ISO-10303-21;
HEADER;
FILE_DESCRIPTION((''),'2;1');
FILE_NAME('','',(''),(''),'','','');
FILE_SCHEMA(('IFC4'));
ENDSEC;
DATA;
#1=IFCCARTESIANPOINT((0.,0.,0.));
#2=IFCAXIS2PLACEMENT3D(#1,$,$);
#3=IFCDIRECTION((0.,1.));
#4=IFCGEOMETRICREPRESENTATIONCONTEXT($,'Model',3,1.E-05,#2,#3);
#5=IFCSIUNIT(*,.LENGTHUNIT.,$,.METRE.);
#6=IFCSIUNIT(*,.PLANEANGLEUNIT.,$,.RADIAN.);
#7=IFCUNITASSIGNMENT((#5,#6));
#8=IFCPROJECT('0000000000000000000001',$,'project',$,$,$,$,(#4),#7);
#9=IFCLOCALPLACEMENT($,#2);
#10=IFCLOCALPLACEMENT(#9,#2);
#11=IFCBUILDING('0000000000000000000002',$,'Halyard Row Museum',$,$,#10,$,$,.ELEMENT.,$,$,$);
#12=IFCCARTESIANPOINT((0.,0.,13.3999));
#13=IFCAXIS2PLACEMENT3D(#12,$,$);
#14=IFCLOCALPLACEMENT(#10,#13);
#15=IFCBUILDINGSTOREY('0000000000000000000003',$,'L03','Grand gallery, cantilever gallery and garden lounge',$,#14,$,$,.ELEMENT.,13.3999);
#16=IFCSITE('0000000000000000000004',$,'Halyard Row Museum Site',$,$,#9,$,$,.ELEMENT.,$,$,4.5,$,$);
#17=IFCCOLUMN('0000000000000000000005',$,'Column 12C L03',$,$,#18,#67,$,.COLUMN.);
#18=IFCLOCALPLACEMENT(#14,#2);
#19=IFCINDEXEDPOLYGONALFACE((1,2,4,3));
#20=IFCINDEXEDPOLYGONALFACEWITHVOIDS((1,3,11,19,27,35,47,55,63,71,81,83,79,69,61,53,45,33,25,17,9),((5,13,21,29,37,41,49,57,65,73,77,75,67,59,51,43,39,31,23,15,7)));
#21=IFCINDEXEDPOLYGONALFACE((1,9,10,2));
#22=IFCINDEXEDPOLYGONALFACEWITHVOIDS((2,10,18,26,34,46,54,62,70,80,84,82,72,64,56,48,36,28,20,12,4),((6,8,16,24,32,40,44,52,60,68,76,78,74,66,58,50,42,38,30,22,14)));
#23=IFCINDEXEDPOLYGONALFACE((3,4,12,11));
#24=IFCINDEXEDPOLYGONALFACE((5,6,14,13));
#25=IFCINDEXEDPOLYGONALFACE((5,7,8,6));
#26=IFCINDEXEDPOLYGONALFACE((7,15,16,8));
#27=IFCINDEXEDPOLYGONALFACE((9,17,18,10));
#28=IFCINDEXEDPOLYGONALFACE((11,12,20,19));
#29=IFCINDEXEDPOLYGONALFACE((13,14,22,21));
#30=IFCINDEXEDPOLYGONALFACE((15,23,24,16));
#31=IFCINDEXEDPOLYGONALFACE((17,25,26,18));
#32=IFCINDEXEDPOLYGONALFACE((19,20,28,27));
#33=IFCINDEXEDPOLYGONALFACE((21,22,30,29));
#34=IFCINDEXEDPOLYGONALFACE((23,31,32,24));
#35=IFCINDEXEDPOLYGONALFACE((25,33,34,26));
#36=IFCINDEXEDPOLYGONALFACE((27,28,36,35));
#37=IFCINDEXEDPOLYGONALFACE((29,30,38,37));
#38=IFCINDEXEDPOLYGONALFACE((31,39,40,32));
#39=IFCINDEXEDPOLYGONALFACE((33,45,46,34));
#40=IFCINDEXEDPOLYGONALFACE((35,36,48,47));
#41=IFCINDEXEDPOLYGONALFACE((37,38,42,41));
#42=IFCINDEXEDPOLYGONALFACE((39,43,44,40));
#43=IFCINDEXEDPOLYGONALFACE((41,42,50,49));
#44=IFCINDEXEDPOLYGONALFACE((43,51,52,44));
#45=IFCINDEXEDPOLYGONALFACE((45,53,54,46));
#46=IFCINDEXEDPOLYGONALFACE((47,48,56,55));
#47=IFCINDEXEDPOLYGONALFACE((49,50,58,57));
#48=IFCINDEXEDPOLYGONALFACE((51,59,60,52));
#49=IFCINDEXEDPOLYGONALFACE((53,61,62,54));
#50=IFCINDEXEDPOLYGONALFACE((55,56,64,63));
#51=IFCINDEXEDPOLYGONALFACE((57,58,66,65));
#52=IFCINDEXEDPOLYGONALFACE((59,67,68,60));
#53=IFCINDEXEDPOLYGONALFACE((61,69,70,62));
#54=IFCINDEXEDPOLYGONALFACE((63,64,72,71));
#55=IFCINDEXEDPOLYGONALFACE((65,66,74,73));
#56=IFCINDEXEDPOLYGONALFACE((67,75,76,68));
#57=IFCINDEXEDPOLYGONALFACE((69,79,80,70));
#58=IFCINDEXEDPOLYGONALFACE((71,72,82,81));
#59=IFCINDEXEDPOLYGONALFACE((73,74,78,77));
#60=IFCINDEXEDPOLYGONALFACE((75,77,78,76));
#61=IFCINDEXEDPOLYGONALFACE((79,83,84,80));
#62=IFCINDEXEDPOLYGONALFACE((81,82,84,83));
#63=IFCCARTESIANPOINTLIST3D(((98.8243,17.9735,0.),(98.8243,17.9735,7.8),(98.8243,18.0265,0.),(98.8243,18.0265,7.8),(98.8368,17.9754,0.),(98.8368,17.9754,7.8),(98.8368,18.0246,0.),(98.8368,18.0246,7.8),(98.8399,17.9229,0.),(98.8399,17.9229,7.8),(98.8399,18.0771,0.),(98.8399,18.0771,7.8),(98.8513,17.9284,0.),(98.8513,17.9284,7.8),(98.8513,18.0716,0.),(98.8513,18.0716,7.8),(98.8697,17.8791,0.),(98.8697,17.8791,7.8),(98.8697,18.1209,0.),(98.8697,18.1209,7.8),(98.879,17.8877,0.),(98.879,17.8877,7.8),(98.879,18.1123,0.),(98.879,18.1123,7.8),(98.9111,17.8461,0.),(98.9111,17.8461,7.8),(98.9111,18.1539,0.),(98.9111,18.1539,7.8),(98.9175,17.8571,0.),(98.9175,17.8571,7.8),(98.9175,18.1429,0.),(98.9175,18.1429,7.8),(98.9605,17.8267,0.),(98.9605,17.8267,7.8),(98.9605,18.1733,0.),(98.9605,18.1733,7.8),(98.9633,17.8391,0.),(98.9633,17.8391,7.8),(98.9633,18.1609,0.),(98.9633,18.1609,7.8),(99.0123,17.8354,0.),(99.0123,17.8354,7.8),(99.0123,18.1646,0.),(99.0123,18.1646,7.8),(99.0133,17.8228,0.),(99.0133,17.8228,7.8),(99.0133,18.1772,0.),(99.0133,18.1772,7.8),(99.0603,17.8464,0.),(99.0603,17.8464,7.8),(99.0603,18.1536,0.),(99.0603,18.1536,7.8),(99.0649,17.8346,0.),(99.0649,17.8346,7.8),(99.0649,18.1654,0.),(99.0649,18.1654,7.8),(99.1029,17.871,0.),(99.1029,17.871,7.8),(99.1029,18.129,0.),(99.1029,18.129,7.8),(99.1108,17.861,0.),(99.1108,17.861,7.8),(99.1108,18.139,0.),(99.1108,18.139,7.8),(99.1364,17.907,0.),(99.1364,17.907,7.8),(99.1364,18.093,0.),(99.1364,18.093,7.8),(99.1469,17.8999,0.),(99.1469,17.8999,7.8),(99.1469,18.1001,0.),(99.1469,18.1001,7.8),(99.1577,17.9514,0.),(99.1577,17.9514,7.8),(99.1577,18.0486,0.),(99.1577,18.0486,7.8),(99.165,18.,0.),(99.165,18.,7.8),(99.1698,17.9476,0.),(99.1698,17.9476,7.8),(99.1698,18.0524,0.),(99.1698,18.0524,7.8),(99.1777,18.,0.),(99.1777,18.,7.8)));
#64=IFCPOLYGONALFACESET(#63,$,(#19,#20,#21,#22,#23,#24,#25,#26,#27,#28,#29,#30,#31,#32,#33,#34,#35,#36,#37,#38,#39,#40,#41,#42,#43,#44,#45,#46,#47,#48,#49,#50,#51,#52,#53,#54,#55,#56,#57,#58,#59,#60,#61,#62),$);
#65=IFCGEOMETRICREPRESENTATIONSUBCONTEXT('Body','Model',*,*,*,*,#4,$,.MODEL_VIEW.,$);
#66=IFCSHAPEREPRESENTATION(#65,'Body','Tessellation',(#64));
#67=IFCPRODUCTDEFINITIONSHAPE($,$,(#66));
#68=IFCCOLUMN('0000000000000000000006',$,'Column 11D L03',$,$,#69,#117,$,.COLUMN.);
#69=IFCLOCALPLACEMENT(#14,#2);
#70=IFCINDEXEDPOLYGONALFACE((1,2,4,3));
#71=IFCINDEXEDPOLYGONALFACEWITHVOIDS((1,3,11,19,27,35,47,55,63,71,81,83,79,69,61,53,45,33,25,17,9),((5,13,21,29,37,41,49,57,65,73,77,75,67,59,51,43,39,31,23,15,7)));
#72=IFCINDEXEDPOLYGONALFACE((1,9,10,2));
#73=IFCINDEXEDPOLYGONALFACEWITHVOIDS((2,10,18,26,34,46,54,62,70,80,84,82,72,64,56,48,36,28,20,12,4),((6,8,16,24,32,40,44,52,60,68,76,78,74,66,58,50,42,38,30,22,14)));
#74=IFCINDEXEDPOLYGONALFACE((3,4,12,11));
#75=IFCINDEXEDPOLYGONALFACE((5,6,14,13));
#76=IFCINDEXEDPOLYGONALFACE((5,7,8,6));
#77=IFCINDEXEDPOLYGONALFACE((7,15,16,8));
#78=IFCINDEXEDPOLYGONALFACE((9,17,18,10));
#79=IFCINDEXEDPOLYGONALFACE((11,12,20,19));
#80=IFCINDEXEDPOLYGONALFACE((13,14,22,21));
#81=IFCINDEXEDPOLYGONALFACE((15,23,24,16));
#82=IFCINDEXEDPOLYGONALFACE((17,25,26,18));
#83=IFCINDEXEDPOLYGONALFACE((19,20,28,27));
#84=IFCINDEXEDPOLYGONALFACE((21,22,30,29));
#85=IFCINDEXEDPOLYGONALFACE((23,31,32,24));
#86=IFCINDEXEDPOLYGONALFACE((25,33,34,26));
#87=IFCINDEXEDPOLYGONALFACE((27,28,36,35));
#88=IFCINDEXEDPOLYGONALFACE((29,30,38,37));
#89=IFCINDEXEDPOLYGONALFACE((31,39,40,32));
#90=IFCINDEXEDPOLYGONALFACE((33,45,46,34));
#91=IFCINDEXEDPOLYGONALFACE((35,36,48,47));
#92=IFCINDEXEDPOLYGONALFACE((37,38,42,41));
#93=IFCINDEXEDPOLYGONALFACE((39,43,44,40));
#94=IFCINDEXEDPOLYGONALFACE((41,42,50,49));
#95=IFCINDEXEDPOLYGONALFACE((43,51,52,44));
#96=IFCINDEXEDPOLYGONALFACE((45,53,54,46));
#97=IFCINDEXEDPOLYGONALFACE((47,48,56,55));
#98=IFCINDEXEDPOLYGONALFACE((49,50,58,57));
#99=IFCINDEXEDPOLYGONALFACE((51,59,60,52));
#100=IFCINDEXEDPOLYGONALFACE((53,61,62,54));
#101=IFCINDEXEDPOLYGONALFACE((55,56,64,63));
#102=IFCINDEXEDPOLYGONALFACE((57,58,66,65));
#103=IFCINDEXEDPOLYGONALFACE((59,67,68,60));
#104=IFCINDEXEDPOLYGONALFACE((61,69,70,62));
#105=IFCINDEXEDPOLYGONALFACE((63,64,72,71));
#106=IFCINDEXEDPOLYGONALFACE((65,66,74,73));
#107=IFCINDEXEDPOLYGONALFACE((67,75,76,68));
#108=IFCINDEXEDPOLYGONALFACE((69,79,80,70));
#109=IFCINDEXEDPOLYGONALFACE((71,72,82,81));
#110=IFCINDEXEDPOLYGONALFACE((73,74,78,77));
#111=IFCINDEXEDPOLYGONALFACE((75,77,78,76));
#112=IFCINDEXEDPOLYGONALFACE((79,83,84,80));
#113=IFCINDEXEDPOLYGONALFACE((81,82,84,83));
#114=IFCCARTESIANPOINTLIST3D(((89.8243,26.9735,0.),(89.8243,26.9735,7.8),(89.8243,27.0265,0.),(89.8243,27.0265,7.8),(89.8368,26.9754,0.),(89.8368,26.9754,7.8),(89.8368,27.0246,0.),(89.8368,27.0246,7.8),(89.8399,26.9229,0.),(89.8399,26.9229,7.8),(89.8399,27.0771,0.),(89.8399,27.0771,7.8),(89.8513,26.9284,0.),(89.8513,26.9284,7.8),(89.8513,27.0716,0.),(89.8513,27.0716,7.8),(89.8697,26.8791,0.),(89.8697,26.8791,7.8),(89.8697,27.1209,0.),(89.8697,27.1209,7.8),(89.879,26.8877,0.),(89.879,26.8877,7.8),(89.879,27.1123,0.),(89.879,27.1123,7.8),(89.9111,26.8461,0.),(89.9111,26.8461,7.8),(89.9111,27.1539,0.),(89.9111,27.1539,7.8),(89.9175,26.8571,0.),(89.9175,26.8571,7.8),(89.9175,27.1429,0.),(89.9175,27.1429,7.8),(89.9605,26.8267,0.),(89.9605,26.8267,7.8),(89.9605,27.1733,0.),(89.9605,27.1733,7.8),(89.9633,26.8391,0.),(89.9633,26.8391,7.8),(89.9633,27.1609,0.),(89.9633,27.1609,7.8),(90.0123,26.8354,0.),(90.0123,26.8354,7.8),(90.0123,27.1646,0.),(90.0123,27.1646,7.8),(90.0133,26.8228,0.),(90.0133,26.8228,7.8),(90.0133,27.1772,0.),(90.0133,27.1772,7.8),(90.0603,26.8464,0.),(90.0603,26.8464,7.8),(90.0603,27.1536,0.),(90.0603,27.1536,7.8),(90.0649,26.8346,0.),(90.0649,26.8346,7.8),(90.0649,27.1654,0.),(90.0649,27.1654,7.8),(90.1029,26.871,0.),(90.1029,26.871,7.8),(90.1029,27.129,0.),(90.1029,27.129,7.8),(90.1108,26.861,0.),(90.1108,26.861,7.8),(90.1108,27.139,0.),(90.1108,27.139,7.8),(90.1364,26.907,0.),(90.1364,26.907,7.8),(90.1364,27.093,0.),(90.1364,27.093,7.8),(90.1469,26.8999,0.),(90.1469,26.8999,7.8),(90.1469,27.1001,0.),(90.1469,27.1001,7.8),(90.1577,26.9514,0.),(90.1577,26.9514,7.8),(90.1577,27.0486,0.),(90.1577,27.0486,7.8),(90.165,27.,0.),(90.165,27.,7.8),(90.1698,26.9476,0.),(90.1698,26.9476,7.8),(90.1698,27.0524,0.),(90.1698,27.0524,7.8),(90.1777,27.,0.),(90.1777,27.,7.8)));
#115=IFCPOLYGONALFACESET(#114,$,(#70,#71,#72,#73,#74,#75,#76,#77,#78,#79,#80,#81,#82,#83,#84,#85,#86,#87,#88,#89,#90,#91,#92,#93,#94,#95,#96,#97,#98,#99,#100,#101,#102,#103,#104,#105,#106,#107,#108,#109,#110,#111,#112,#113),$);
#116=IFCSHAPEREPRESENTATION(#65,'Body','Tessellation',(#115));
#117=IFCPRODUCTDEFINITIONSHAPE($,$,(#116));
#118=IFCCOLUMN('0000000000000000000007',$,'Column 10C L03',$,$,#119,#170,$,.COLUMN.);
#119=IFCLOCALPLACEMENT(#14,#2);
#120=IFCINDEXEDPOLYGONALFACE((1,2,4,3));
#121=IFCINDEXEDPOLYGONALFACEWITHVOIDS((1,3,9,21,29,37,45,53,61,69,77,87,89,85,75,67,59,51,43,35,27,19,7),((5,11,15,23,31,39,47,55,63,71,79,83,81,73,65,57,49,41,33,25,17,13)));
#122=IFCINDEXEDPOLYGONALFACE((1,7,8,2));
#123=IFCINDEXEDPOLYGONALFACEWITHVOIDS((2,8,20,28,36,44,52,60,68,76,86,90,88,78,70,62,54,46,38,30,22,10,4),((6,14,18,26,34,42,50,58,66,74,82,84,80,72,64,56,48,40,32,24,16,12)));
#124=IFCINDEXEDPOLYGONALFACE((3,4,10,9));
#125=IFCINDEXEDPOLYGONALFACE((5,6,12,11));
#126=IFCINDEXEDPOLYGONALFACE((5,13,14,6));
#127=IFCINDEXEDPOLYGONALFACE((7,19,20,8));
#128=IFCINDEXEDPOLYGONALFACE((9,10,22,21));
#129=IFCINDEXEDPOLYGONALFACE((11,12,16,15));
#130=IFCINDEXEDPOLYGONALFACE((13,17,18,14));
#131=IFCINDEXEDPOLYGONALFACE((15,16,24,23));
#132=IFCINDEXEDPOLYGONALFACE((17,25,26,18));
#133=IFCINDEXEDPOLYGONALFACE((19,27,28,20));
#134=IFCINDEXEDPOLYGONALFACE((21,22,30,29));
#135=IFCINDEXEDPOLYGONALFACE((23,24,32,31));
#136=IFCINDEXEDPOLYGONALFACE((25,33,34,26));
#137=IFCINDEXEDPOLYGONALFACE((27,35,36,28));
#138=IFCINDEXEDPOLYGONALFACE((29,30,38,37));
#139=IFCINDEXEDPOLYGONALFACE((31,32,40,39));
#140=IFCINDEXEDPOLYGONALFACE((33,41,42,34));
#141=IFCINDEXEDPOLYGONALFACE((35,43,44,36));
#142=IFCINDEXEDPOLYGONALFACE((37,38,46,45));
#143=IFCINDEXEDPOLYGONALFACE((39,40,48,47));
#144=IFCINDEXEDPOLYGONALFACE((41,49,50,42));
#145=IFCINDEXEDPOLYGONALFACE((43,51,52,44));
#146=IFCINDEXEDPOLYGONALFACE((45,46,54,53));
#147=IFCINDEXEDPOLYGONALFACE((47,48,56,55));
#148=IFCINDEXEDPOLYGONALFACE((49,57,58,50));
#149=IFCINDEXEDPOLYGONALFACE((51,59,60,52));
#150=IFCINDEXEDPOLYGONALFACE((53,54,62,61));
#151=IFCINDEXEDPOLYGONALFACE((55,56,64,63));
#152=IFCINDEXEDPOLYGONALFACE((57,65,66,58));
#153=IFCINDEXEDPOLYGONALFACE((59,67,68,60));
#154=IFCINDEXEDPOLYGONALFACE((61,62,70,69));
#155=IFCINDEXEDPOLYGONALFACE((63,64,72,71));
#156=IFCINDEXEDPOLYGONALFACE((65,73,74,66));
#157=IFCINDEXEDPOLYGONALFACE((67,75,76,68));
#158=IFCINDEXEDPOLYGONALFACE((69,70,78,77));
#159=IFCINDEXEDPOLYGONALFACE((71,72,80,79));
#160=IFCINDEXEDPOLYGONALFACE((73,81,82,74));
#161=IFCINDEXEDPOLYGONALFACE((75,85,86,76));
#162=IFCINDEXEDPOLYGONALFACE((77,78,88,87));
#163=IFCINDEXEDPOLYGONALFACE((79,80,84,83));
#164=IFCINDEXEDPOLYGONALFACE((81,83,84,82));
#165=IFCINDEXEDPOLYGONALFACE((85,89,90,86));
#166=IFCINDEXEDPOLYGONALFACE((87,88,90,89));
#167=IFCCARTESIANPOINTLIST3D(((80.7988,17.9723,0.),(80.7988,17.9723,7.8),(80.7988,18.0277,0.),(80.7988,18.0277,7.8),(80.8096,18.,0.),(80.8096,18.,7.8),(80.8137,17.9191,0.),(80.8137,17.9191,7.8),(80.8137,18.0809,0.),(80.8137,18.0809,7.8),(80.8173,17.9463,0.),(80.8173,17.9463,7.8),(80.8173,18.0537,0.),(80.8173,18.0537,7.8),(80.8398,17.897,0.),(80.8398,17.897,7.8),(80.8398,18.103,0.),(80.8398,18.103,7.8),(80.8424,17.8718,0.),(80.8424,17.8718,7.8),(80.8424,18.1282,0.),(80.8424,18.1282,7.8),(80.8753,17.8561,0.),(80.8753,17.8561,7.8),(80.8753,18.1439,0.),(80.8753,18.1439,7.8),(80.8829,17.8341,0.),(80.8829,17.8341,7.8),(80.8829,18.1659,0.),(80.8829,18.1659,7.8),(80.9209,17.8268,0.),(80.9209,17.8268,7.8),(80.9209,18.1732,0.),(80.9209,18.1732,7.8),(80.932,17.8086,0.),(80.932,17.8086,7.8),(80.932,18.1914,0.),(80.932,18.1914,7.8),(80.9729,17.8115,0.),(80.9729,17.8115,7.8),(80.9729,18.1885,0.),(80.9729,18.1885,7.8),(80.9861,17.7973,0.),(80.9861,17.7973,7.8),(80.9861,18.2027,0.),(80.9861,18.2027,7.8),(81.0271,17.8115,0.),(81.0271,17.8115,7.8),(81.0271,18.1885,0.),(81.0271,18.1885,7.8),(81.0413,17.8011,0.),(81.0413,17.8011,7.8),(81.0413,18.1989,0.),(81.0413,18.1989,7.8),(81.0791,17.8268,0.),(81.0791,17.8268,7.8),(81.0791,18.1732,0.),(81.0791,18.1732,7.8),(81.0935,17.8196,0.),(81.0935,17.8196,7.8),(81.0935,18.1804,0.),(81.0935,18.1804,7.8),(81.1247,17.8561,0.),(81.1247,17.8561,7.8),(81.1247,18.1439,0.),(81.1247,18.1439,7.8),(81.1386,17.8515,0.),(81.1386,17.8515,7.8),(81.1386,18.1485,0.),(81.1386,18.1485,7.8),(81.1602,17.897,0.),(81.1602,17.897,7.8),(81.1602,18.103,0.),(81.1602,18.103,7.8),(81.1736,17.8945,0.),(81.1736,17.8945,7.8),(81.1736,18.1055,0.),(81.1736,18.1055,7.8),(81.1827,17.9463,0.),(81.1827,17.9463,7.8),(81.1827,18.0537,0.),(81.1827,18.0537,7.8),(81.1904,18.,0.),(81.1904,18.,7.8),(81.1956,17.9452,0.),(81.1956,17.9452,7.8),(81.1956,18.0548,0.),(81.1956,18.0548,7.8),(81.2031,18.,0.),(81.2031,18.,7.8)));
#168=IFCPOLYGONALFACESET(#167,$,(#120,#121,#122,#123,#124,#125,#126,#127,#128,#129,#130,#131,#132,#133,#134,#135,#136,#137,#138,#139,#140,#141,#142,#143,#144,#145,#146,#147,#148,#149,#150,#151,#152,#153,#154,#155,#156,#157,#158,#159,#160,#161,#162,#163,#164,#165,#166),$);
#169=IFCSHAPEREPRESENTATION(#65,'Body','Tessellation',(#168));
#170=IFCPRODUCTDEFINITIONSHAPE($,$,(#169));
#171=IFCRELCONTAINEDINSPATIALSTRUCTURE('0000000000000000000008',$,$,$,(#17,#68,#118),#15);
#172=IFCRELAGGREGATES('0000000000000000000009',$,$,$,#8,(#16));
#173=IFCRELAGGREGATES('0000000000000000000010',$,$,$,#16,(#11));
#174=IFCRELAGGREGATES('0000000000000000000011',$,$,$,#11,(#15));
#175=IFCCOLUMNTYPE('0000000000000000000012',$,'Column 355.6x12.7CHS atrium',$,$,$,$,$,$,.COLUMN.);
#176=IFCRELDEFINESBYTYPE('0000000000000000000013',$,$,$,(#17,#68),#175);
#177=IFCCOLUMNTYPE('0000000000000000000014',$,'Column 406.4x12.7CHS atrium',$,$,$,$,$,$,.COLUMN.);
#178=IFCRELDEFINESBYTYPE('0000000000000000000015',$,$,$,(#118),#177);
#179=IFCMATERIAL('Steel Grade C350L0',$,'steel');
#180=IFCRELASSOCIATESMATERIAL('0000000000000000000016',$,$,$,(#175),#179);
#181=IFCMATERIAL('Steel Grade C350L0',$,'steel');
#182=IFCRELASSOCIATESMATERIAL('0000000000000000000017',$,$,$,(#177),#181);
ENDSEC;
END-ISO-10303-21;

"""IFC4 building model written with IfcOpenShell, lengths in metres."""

from ifc_helpers import new_model, si_unit, direction, frame, origin, origin_2d, place, context, subcontext, project, spatial, hollow_circle, extrude, material, material_profile, profile_set, type_object, element, save


model = new_model("IFC4")

# Units and contexts
model_context = context("Model", 3, precision=1e-05, world=origin(), true_north=direction((0.0, 1.0)))
body_context = subcontext(model_context, "Body", "Model", "MODEL_VIEW")
ifc_project = project(units=[si_unit("LENGTHUNIT", "METRE"), si_unit("PLANEANGLEUNIT", "RADIAN")], contexts=[model_context])

# Site, building, storey
site_placement = place(None, origin())
site = spatial("IfcSite", under=ifc_project, at=site_placement, Name="Halyard Row Museum Site", CompositionType="ELEMENT", RefElevation=4.5)
building_placement = place(site_placement, origin())
building = spatial("IfcBuilding", under=site, at=building_placement, Name="Halyard Row Museum", CompositionType="ELEMENT")
storey_placement = place(building_placement, frame((0.0, 0.0, 13.3999)))
storey = spatial("IfcBuildingStorey", under=building, at=storey_placement, Name="L03", Description="Grand gallery, cantilever gallery and garden lounge", CompositionType="ELEMENT", Elevation=13.3999)

# Columns
ifc_material_1 = material(Name="Steel Grade C350L0", Category="steel")
ifc_material_profile_1 = material_profile(ifc_material_1, hollow_circle(Radius=0.1777, WallThickness=0.0127, at=origin_2d()), Name="355.6x12.7CHS")
ifc_profile_set_1 = profile_set([ifc_material_profile_1], Name="Steel Grade C350L0")
column_type_1 = type_object("IfcColumnType", Name="Column 355.6x12.7CHS atrium", PredefinedType="COLUMN", material=ifc_profile_set_1)
for number, where, z_axis, x_axis, name in (
    (1, (99.0, 18.0, 0.0), (0.0, 0.0, 1.0), (1.0, 0.0, 0.0), "Column 12C L03"),
    (2, (90.0, 27.0, 0.0), (0.0, 0.0, 1.0), (1.0, 0.0, 0.0), "Column 11D L03"),
):
    element("IfcColumn", number, at=place(storey_placement, frame(where, z_axis=z_axis, x_axis=x_axis)), inside=storey, type_object=column_type_1, Name=name, PredefinedType="COLUMN", context=body_context, shape_type="SweptSolid", body=[
        extrude(hollow_circle(Radius=0.1777, WallThickness=0.0127, at=origin_2d()), origin(), (0.0, 0.0, 1.0), 7.8),
    ])
ifc_material_2 = material(Name="Steel Grade C350L0", Category="steel")
ifc_material_profile_2 = material_profile(ifc_material_2, hollow_circle(Radius=0.2031, WallThickness=0.0127, at=origin_2d()), Name="406.4x12.7CHS")
ifc_profile_set_2 = profile_set([ifc_material_profile_2], Name="Steel Grade C350L0")
column_type_2 = type_object("IfcColumnType", Name="Column 406.4x12.7CHS atrium", PredefinedType="COLUMN", material=ifc_profile_set_2)
for number, where, z_axis, x_axis, name in (
    (3, (81.0, 18.0, 0.0), (0.0, 0.0, 1.0), (1.0, 0.0, 0.0), "Column 10C L03"),
):
    element("IfcColumn", number, at=place(storey_placement, frame(where, z_axis=z_axis, x_axis=x_axis)), inside=storey, type_object=column_type_2, Name=name, PredefinedType="COLUMN", context=body_context, shape_type="SweptSolid", body=[
        extrude(hollow_circle(Radius=0.2031, WallThickness=0.0127, at=origin_2d()), origin(), (0.0, 0.0, 1.0), 7.8),
    ])

save(model, "model.ifc")
